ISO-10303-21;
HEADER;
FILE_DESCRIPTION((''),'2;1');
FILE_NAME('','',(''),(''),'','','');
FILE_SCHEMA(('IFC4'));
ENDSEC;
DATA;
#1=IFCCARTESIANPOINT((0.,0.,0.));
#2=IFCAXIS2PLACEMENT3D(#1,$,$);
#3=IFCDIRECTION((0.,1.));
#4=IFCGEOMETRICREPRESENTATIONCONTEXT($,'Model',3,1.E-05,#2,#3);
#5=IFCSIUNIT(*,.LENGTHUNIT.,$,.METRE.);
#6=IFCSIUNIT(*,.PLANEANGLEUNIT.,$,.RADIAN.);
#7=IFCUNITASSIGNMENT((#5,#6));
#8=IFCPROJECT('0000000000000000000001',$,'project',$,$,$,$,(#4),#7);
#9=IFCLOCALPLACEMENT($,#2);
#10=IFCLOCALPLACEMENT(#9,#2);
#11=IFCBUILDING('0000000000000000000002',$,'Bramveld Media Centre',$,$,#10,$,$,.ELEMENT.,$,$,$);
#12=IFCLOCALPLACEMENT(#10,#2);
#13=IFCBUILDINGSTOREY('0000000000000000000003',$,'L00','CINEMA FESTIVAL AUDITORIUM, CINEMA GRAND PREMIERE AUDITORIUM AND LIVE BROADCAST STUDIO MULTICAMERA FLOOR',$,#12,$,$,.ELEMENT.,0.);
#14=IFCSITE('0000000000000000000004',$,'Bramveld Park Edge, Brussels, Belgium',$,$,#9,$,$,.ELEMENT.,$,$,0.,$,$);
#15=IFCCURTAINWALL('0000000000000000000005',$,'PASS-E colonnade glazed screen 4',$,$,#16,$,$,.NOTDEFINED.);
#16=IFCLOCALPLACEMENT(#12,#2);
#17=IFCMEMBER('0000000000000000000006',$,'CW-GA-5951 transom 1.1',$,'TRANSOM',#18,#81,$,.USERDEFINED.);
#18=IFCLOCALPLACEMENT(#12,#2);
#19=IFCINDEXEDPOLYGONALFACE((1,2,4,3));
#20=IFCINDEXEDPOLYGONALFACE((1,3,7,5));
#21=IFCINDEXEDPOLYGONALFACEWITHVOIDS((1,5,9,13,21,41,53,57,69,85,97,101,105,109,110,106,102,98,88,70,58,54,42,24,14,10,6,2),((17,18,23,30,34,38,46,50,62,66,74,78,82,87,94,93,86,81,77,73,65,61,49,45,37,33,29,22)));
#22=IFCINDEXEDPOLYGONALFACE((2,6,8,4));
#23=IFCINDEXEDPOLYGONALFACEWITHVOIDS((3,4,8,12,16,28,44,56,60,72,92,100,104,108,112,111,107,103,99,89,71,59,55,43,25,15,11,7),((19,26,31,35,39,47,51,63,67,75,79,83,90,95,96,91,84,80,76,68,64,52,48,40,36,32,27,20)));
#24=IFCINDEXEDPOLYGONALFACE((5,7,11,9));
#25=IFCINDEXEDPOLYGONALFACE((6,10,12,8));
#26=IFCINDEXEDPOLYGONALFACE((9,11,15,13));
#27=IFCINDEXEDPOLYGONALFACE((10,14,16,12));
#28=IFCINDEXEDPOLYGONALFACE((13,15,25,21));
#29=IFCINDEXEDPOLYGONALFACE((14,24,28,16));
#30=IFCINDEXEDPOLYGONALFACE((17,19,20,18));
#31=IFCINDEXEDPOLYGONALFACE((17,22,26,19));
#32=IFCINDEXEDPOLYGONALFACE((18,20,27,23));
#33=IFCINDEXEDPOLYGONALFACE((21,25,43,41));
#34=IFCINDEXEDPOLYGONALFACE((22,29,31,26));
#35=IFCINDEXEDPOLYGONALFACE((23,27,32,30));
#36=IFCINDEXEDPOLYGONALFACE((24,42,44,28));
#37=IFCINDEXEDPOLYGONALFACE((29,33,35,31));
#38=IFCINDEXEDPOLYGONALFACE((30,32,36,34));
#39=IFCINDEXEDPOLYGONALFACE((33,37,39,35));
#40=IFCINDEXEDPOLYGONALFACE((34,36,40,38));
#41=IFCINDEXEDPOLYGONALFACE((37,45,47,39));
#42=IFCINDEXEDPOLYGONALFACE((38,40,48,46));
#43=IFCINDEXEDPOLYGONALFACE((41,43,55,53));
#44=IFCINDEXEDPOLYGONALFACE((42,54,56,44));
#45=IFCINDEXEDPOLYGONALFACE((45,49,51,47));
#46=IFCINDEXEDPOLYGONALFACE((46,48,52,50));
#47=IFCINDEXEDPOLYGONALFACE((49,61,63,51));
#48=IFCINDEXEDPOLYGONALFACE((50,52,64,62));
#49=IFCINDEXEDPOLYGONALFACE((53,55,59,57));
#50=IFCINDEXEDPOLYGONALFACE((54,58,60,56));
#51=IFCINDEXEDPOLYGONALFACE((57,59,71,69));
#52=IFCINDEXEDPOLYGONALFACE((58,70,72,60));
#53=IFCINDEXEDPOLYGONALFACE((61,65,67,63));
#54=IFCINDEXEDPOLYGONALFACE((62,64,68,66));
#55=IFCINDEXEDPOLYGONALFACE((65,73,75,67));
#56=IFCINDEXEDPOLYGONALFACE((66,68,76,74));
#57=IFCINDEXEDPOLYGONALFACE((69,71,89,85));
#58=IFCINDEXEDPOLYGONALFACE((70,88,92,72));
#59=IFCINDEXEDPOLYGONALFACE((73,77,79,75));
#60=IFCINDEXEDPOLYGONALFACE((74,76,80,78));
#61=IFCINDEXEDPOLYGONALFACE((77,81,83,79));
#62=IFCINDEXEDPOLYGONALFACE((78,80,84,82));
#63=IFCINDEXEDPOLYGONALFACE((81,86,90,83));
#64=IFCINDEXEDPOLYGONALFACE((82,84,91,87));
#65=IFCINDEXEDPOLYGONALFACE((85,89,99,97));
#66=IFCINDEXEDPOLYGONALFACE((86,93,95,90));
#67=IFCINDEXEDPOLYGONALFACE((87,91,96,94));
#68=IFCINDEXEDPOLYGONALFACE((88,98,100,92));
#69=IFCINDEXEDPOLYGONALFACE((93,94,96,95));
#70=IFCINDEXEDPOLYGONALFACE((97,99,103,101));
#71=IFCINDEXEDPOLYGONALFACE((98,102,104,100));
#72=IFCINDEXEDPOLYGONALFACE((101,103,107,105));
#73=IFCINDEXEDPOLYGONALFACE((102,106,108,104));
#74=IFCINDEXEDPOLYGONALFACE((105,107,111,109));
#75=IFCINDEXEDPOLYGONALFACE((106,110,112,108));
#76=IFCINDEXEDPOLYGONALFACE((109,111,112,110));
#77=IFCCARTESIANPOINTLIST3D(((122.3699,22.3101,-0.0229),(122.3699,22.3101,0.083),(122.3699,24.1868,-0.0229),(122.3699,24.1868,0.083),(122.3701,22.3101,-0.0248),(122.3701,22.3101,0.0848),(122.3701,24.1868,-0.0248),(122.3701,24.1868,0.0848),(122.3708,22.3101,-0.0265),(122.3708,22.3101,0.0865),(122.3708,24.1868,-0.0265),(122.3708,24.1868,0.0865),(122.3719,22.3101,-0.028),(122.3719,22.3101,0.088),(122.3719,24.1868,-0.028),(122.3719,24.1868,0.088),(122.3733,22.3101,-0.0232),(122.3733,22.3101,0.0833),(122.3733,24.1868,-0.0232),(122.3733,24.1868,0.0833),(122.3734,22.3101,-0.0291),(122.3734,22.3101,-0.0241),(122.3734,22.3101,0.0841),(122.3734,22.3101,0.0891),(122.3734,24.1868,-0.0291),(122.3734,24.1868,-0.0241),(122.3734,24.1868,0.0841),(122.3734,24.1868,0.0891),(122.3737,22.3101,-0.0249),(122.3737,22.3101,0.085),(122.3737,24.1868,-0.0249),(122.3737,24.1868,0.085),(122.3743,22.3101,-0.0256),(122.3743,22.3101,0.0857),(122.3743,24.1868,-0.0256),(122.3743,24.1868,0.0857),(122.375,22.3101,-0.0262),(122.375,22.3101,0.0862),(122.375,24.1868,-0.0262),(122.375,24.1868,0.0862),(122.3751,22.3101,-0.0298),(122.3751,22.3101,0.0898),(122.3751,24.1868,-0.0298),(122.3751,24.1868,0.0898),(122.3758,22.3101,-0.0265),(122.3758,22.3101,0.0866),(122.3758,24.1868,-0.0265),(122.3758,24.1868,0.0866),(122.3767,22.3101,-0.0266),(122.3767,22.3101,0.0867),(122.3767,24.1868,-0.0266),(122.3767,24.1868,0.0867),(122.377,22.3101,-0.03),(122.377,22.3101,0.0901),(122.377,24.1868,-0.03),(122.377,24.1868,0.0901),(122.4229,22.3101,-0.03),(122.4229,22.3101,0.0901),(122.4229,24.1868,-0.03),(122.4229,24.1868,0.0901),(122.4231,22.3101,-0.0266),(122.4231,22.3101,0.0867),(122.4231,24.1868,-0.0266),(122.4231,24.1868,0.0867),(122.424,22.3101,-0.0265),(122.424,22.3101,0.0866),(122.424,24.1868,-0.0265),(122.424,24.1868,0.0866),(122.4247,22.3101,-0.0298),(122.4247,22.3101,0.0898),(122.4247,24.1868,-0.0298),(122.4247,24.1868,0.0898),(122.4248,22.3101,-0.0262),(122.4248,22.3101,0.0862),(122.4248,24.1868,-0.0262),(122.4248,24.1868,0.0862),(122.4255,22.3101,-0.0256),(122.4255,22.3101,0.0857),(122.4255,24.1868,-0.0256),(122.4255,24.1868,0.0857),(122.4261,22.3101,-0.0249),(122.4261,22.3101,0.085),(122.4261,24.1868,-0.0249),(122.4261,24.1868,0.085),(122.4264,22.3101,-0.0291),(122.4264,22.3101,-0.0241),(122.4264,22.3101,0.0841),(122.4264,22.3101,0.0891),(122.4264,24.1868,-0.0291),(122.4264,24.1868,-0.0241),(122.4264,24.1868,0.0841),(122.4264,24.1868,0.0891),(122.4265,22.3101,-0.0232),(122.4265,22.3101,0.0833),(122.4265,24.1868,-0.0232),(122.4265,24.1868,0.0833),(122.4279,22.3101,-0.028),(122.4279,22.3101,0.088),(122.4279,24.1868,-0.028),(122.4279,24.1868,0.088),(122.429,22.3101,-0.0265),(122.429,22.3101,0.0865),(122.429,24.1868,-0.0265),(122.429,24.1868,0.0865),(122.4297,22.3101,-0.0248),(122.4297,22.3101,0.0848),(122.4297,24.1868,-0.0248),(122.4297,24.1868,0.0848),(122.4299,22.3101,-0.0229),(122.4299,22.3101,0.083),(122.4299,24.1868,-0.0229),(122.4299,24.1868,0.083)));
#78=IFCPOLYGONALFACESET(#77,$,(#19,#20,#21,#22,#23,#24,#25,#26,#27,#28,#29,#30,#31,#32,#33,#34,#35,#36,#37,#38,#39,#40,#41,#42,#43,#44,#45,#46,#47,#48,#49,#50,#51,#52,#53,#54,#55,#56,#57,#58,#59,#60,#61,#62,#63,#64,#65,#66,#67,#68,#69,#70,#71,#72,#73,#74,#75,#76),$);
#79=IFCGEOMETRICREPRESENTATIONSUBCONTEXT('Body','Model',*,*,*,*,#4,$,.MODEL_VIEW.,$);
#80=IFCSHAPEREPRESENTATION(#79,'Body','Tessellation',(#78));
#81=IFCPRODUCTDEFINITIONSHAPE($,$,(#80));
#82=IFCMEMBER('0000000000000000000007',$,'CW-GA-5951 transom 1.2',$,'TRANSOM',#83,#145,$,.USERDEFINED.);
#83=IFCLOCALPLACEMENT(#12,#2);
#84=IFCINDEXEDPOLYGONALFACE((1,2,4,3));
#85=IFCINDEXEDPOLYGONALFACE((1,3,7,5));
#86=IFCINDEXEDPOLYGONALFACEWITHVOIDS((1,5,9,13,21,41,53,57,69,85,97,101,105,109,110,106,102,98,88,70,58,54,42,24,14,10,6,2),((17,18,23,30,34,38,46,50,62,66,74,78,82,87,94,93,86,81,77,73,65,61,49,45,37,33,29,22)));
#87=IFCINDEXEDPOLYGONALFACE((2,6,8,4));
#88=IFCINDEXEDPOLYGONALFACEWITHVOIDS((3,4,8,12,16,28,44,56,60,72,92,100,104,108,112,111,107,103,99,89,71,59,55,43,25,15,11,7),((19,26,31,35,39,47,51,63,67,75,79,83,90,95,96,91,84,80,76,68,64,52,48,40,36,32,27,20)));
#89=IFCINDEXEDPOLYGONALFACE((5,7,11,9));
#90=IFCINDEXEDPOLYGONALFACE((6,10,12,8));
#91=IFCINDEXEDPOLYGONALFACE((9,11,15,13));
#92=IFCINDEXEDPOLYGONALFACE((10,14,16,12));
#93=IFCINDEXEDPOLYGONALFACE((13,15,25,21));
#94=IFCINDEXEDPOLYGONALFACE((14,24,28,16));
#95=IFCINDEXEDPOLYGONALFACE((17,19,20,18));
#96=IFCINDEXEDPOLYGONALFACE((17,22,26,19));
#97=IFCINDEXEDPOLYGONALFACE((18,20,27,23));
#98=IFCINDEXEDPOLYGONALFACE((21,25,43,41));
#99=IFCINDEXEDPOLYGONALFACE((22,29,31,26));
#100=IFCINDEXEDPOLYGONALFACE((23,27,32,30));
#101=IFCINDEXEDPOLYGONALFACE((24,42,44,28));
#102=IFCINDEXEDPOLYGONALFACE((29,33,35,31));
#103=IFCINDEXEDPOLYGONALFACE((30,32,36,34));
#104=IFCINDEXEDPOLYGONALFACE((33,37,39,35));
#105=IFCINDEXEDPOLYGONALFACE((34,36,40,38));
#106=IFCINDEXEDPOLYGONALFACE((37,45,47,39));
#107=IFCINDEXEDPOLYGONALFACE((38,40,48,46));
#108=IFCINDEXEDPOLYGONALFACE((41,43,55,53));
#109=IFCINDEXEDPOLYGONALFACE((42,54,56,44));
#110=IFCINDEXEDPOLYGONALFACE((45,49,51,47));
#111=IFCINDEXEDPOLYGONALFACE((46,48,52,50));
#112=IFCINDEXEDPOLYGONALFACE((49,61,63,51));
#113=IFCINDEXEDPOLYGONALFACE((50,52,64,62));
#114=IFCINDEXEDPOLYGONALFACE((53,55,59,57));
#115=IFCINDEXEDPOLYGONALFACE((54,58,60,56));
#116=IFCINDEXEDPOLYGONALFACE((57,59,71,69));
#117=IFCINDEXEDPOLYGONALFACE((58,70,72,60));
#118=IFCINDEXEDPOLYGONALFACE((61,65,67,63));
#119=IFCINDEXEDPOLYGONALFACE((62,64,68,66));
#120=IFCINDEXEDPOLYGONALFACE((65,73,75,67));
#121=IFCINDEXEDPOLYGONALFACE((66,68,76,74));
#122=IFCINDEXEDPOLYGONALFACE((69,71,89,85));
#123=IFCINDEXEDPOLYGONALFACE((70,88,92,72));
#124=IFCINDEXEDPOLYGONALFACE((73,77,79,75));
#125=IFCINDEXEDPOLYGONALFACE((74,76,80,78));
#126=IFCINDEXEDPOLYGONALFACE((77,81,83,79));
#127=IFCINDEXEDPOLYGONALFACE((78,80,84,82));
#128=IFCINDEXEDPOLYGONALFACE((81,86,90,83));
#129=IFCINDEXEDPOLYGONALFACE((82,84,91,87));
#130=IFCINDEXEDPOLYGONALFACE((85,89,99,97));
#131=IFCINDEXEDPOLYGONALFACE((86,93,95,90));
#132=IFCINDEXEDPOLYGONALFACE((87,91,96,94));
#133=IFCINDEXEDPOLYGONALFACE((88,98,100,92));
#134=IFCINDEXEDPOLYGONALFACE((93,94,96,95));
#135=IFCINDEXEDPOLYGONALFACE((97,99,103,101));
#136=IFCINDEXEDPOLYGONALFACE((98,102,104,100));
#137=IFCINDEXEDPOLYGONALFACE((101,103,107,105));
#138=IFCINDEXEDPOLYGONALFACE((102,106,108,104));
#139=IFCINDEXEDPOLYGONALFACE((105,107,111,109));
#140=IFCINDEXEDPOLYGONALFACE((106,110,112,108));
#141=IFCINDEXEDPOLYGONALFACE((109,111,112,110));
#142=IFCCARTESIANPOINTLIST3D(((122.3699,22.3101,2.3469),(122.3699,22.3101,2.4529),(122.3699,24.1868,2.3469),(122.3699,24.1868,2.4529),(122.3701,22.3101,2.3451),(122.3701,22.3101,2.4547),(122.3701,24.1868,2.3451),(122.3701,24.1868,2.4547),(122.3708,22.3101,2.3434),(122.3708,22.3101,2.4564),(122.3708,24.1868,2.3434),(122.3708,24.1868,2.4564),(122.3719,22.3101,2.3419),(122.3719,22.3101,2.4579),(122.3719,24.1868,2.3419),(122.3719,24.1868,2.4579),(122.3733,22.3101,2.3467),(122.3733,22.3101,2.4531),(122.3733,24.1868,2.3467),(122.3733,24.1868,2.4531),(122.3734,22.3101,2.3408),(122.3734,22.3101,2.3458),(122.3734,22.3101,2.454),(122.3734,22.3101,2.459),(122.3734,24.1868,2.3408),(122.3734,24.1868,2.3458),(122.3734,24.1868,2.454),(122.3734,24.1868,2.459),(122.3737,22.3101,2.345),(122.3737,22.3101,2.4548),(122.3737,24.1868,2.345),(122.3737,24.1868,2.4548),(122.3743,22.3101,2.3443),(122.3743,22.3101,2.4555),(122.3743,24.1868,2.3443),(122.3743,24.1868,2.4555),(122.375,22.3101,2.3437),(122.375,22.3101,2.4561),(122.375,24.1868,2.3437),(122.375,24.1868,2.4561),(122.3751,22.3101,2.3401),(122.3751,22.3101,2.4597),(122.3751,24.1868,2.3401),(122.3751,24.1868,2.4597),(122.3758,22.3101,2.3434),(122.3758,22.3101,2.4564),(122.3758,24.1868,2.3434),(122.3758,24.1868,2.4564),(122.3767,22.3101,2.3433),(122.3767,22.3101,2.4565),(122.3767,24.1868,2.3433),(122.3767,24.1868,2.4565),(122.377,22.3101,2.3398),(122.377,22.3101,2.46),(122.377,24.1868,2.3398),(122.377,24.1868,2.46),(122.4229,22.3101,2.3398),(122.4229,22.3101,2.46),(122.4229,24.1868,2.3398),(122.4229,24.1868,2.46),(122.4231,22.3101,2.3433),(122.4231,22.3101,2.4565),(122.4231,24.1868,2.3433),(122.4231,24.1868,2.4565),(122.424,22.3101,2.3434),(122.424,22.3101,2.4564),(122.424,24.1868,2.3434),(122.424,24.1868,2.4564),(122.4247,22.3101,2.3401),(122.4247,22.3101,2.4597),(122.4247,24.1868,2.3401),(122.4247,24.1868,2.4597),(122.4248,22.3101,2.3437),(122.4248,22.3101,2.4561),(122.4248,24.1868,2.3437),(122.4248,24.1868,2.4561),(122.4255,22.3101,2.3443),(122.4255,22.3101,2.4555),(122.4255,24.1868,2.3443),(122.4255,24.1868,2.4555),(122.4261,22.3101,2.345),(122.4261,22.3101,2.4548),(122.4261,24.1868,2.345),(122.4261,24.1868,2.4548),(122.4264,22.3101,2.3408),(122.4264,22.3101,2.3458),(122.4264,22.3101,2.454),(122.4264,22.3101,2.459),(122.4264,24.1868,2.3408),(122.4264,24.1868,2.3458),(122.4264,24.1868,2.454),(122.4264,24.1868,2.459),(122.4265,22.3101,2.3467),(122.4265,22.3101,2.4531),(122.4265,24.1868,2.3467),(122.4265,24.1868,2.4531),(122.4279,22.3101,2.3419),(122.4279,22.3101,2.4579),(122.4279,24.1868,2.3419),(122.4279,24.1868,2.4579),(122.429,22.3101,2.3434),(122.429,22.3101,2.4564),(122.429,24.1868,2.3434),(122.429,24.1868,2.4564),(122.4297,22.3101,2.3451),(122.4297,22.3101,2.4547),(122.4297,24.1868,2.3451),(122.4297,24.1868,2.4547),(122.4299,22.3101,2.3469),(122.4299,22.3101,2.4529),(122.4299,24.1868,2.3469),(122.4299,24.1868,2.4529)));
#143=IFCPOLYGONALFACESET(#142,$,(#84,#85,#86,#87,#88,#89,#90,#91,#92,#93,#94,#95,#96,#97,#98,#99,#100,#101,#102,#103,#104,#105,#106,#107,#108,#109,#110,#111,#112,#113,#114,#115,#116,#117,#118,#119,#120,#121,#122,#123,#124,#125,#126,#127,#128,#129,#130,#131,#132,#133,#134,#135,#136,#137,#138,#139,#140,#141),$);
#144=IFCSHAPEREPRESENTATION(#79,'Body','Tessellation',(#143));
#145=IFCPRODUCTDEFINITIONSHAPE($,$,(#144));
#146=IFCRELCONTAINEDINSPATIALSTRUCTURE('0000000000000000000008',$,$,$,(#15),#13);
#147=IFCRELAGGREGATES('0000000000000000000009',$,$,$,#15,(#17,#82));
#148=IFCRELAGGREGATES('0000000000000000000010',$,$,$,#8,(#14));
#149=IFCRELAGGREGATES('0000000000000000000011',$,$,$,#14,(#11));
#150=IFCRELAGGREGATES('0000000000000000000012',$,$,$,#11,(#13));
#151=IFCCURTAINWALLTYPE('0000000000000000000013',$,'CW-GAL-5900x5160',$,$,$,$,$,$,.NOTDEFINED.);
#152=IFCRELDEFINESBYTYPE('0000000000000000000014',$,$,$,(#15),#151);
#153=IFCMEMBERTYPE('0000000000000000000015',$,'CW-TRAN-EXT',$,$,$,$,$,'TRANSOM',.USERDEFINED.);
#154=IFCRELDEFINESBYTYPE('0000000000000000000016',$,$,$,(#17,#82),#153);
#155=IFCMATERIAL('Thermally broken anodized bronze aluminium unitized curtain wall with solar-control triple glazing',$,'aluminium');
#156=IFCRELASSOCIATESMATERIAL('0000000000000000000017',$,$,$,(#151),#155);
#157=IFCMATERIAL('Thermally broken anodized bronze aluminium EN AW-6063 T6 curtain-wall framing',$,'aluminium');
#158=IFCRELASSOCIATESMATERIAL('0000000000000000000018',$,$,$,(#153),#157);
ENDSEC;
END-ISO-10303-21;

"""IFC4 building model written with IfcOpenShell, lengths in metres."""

from ifc_helpers import new_model, si_unit, direction, frame, origin, origin_2d, place, context, subcontext, project, spatial, hollow_rectangle, extrude, material, material_profile, profile_set, type_object, element, aggregate, save


model = new_model("IFC4")

# Units and contexts
model_context = context("Model", 3, precision=1e-05, world=origin(), true_north=direction((0.0, 1.0)))
body_context = subcontext(model_context, "Body", "Model", "MODEL_VIEW")
ifc_project = project(units=[si_unit("LENGTHUNIT", "METRE"), si_unit("PLANEANGLEUNIT", "RADIAN")], contexts=[model_context])

# Site, building, storey
site_placement = place(None, origin())
site = spatial("IfcSite", under=ifc_project, at=site_placement, Name="Bramveld Park Edge, Brussels, Belgium", CompositionType="ELEMENT", RefElevation=0.0)
building_placement = place(site_placement, origin())
building = spatial("IfcBuilding", under=site, at=building_placement, Name="Bramveld Media Centre", CompositionType="ELEMENT")
storey_placement = place(building_placement, origin())
storey = spatial("IfcBuildingStorey", under=building, at=storey_placement, Name="L00", Description="CINEMA FESTIVAL AUDITORIUM, CINEMA GRAND PREMIERE AUDITORIUM AND LIVE BROADCAST STUDIO MULTICAMERA FLOOR", CompositionType="ELEMENT", Elevation=0.0)

# Shared definitions
ifc_material_1 = material(Name="Thermally broken anodized bronze aluminium unitized curtain wall with solar-control triple glazing", Category="aluminium")
curtain_wall_type = type_object("IfcCurtainWallType", Name="CW-GAL-5900x5160", PredefinedType="NOTDEFINED", material=ifc_material_1)

# Curtain wall, members
curtain_wall_1_placement = place(storey_placement, origin())
curtain_wall_1 = element("IfcCurtainWall", 1, at=curtain_wall_1_placement, inside=storey, type_object=curtain_wall_type, Name="PASS-E colonnade glazed screen 4", PredefinedType="NOTDEFINED")
ifc_material_2 = material(Name="Thermally broken anodized bronze aluminium EN AW-6063 T6 curtain-wall framing", Category="aluminium")
ifc_material_profile_1 = material_profile(ifc_material_2, hollow_rectangle(XDim=0.0601, YDim=0.1201, WallThickness=0.0034, InnerFilletRadius=0.0034, OuterFilletRadius=0.0071, at=origin_2d()), Name="AL-TRAN 60x120")
ifc_profile_set_1 = profile_set([ifc_material_profile_1], Name="Thermally broken anodized bronze aluminium EN AW-6063 T6 curtain-wall framing")
member_type_1 = type_object("IfcMemberType", Name="CW-TRAN-EXT", ElementType="TRANSOM", PredefinedType="USERDEFINED", material=ifc_profile_set_1)
member_1_placement = place(storey_placement, frame((122.3999, 22.3101, 0.03), z_axis=(0.0, 1.0, 0.0), x_axis=(-1.0, 0.0, 0.0)))
member_1 = element("IfcMember", 2, at=member_1_placement, type_object=member_type_1, Name="CW-GA-5951 transom 1.1", ObjectType="TRANSOM", PredefinedType="USERDEFINED", context=body_context, shape_type="SweptSolid", body=[
    extrude(hollow_rectangle(XDim=0.0601, YDim=0.1201, WallThickness=0.0034, InnerFilletRadius=0.0034, OuterFilletRadius=0.0071, at=origin_2d()), origin(), (0.0, 0.0, 1.0), 1.8767),
])
member_2_placement = place(storey_placement, frame((122.3999, 22.3101, 2.3999), z_axis=(0.0, 1.0, 0.0), x_axis=(-1.0, 0.0, 0.0)))
member_2 = element("IfcMember", 3, at=member_2_placement, type_object=member_type_1, Name="CW-GA-5951 transom 1.2", ObjectType="TRANSOM", PredefinedType="USERDEFINED", context=body_context, shape_type="SweptSolid", body=[
    extrude(hollow_rectangle(XDim=0.0601, YDim=0.1201, WallThickness=0.0034, InnerFilletRadius=0.0034, OuterFilletRadius=0.0071, at=origin_2d()), origin(), (0.0, 0.0, 1.0), 1.8767),
])

aggregate(curtain_wall_1, [member_1, member_2])

save(model, "model.ifc")
